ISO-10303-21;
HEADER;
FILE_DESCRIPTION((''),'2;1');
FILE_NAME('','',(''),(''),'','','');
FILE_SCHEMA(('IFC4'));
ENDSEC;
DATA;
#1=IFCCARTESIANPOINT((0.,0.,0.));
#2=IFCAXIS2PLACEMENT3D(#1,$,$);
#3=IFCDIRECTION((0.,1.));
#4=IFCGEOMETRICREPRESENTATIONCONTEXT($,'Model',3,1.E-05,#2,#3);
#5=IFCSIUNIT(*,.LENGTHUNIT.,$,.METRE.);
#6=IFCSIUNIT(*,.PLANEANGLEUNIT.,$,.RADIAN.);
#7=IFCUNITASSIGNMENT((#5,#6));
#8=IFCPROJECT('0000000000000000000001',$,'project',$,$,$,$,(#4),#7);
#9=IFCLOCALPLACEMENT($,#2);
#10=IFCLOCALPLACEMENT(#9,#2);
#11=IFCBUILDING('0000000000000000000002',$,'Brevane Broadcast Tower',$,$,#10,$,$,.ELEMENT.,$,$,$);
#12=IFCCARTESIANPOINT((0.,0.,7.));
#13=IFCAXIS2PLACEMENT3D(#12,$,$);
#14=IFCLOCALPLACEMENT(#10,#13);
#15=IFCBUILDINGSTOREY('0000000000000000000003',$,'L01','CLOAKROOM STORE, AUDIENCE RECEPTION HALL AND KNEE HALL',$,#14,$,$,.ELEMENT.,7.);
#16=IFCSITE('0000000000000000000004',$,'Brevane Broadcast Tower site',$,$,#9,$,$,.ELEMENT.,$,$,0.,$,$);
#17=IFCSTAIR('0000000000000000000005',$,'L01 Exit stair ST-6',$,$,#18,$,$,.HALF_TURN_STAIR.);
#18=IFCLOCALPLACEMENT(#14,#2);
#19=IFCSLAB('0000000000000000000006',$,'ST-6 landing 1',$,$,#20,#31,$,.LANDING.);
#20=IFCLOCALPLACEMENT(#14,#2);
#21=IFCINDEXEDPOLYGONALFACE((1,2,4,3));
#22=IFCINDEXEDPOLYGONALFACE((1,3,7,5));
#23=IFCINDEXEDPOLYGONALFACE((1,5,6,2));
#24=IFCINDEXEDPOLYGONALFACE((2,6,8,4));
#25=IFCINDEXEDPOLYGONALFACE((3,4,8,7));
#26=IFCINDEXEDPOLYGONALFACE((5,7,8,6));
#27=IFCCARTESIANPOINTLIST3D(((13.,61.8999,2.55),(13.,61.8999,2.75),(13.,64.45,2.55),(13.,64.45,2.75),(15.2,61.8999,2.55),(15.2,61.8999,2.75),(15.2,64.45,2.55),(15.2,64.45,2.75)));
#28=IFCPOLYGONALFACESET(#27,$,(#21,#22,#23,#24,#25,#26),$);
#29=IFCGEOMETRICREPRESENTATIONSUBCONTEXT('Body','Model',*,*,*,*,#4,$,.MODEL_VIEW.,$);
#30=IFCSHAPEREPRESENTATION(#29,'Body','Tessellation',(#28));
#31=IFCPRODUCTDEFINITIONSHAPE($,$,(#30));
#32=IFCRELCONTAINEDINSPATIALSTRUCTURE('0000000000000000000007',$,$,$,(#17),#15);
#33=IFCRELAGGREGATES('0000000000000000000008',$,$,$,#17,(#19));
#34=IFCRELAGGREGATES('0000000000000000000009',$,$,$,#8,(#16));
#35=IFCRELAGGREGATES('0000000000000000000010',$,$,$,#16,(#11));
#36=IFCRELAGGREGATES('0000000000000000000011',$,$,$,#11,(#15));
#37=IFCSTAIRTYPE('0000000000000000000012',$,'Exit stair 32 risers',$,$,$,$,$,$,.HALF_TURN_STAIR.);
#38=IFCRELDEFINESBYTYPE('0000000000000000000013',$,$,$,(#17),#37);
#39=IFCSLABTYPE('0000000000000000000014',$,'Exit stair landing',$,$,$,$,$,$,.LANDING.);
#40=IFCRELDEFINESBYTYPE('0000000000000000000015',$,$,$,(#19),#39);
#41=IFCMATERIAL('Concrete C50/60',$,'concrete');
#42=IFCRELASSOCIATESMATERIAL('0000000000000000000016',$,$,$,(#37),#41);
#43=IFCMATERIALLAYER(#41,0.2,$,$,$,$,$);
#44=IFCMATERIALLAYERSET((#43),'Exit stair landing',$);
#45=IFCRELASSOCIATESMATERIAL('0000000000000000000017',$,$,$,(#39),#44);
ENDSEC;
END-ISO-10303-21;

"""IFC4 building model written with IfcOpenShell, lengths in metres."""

from ifc_helpers import new_model, si_unit, direction, frame, origin, place, context, subcontext, project, spatial, polyline, outline, extrude, material, layer, layer_set, type_object, element, aggregate, save


model = new_model("IFC4")

# Units and contexts
model_context = context("Model", 3, precision=1e-05, world=origin(), true_north=direction((0.0, 1.0)))
body_context = subcontext(model_context, "Body", "Model", "MODEL_VIEW")
ifc_project = project(units=[si_unit("LENGTHUNIT", "METRE"), si_unit("PLANEANGLEUNIT", "RADIAN")], contexts=[model_context])

# Site, building, storey
site_placement = place(None, origin())
site = spatial("IfcSite", under=ifc_project, at=site_placement, Name="Brevane Broadcast Tower site", CompositionType="ELEMENT", RefElevation=0.0)
building_placement = place(site_placement, origin())
building = spatial("IfcBuilding", under=site, at=building_placement, Name="Brevane Broadcast Tower", CompositionType="ELEMENT")
storey_placement = place(building_placement, frame((0.0, 0.0, 7.0)))
storey = spatial("IfcBuildingStorey", under=building, at=storey_placement, Name="L01", Description="CLOAKROOM STORE, AUDIENCE RECEPTION HALL AND KNEE HALL", CompositionType="ELEMENT", Elevation=7.0)

# Stair, slab
ifc_material_1 = material(Name="Concrete C50/60", Category="concrete")
stair_type = type_object("IfcStairType", Name="Exit stair 32 risers", PredefinedType="HALF_TURN_STAIR", material=ifc_material_1)
ifc_layer_1 = layer(ifc_material_1, 0.2)
ifc_layer_set_1 = layer_set([ifc_layer_1], Name="Exit stair landing")
slab_type = type_object("IfcSlabType", Name="Exit stair landing", PredefinedType="LANDING", material=ifc_layer_set_1)
stair_1_placement = place(storey_placement, origin())
stair_1 = element("IfcStair", 1, at=stair_1_placement, inside=storey, type_object=stair_type, Name="L01 Exit stair ST-6", PredefinedType="HALF_TURN_STAIR")
slab_1_placement = place(storey_placement, frame((0.0, 0.0, 2.55)))
slab_1 = element("IfcSlab", 2, at=slab_1_placement, type_object=slab_type, Name="ST-6 landing 1", PredefinedType="LANDING", context=body_context, shape_type="SweptSolid", body=[
    extrude(outline(polyline([(13.0, 61.8999), (15.2, 61.8999), (15.2, 64.45), (13.0, 64.45), (13.0, 61.8999)])), origin(), (0.0, 0.0, 1.0), 0.2),
])
aggregate(stair_1, [slab_1])

save(model, "model.ifc")
